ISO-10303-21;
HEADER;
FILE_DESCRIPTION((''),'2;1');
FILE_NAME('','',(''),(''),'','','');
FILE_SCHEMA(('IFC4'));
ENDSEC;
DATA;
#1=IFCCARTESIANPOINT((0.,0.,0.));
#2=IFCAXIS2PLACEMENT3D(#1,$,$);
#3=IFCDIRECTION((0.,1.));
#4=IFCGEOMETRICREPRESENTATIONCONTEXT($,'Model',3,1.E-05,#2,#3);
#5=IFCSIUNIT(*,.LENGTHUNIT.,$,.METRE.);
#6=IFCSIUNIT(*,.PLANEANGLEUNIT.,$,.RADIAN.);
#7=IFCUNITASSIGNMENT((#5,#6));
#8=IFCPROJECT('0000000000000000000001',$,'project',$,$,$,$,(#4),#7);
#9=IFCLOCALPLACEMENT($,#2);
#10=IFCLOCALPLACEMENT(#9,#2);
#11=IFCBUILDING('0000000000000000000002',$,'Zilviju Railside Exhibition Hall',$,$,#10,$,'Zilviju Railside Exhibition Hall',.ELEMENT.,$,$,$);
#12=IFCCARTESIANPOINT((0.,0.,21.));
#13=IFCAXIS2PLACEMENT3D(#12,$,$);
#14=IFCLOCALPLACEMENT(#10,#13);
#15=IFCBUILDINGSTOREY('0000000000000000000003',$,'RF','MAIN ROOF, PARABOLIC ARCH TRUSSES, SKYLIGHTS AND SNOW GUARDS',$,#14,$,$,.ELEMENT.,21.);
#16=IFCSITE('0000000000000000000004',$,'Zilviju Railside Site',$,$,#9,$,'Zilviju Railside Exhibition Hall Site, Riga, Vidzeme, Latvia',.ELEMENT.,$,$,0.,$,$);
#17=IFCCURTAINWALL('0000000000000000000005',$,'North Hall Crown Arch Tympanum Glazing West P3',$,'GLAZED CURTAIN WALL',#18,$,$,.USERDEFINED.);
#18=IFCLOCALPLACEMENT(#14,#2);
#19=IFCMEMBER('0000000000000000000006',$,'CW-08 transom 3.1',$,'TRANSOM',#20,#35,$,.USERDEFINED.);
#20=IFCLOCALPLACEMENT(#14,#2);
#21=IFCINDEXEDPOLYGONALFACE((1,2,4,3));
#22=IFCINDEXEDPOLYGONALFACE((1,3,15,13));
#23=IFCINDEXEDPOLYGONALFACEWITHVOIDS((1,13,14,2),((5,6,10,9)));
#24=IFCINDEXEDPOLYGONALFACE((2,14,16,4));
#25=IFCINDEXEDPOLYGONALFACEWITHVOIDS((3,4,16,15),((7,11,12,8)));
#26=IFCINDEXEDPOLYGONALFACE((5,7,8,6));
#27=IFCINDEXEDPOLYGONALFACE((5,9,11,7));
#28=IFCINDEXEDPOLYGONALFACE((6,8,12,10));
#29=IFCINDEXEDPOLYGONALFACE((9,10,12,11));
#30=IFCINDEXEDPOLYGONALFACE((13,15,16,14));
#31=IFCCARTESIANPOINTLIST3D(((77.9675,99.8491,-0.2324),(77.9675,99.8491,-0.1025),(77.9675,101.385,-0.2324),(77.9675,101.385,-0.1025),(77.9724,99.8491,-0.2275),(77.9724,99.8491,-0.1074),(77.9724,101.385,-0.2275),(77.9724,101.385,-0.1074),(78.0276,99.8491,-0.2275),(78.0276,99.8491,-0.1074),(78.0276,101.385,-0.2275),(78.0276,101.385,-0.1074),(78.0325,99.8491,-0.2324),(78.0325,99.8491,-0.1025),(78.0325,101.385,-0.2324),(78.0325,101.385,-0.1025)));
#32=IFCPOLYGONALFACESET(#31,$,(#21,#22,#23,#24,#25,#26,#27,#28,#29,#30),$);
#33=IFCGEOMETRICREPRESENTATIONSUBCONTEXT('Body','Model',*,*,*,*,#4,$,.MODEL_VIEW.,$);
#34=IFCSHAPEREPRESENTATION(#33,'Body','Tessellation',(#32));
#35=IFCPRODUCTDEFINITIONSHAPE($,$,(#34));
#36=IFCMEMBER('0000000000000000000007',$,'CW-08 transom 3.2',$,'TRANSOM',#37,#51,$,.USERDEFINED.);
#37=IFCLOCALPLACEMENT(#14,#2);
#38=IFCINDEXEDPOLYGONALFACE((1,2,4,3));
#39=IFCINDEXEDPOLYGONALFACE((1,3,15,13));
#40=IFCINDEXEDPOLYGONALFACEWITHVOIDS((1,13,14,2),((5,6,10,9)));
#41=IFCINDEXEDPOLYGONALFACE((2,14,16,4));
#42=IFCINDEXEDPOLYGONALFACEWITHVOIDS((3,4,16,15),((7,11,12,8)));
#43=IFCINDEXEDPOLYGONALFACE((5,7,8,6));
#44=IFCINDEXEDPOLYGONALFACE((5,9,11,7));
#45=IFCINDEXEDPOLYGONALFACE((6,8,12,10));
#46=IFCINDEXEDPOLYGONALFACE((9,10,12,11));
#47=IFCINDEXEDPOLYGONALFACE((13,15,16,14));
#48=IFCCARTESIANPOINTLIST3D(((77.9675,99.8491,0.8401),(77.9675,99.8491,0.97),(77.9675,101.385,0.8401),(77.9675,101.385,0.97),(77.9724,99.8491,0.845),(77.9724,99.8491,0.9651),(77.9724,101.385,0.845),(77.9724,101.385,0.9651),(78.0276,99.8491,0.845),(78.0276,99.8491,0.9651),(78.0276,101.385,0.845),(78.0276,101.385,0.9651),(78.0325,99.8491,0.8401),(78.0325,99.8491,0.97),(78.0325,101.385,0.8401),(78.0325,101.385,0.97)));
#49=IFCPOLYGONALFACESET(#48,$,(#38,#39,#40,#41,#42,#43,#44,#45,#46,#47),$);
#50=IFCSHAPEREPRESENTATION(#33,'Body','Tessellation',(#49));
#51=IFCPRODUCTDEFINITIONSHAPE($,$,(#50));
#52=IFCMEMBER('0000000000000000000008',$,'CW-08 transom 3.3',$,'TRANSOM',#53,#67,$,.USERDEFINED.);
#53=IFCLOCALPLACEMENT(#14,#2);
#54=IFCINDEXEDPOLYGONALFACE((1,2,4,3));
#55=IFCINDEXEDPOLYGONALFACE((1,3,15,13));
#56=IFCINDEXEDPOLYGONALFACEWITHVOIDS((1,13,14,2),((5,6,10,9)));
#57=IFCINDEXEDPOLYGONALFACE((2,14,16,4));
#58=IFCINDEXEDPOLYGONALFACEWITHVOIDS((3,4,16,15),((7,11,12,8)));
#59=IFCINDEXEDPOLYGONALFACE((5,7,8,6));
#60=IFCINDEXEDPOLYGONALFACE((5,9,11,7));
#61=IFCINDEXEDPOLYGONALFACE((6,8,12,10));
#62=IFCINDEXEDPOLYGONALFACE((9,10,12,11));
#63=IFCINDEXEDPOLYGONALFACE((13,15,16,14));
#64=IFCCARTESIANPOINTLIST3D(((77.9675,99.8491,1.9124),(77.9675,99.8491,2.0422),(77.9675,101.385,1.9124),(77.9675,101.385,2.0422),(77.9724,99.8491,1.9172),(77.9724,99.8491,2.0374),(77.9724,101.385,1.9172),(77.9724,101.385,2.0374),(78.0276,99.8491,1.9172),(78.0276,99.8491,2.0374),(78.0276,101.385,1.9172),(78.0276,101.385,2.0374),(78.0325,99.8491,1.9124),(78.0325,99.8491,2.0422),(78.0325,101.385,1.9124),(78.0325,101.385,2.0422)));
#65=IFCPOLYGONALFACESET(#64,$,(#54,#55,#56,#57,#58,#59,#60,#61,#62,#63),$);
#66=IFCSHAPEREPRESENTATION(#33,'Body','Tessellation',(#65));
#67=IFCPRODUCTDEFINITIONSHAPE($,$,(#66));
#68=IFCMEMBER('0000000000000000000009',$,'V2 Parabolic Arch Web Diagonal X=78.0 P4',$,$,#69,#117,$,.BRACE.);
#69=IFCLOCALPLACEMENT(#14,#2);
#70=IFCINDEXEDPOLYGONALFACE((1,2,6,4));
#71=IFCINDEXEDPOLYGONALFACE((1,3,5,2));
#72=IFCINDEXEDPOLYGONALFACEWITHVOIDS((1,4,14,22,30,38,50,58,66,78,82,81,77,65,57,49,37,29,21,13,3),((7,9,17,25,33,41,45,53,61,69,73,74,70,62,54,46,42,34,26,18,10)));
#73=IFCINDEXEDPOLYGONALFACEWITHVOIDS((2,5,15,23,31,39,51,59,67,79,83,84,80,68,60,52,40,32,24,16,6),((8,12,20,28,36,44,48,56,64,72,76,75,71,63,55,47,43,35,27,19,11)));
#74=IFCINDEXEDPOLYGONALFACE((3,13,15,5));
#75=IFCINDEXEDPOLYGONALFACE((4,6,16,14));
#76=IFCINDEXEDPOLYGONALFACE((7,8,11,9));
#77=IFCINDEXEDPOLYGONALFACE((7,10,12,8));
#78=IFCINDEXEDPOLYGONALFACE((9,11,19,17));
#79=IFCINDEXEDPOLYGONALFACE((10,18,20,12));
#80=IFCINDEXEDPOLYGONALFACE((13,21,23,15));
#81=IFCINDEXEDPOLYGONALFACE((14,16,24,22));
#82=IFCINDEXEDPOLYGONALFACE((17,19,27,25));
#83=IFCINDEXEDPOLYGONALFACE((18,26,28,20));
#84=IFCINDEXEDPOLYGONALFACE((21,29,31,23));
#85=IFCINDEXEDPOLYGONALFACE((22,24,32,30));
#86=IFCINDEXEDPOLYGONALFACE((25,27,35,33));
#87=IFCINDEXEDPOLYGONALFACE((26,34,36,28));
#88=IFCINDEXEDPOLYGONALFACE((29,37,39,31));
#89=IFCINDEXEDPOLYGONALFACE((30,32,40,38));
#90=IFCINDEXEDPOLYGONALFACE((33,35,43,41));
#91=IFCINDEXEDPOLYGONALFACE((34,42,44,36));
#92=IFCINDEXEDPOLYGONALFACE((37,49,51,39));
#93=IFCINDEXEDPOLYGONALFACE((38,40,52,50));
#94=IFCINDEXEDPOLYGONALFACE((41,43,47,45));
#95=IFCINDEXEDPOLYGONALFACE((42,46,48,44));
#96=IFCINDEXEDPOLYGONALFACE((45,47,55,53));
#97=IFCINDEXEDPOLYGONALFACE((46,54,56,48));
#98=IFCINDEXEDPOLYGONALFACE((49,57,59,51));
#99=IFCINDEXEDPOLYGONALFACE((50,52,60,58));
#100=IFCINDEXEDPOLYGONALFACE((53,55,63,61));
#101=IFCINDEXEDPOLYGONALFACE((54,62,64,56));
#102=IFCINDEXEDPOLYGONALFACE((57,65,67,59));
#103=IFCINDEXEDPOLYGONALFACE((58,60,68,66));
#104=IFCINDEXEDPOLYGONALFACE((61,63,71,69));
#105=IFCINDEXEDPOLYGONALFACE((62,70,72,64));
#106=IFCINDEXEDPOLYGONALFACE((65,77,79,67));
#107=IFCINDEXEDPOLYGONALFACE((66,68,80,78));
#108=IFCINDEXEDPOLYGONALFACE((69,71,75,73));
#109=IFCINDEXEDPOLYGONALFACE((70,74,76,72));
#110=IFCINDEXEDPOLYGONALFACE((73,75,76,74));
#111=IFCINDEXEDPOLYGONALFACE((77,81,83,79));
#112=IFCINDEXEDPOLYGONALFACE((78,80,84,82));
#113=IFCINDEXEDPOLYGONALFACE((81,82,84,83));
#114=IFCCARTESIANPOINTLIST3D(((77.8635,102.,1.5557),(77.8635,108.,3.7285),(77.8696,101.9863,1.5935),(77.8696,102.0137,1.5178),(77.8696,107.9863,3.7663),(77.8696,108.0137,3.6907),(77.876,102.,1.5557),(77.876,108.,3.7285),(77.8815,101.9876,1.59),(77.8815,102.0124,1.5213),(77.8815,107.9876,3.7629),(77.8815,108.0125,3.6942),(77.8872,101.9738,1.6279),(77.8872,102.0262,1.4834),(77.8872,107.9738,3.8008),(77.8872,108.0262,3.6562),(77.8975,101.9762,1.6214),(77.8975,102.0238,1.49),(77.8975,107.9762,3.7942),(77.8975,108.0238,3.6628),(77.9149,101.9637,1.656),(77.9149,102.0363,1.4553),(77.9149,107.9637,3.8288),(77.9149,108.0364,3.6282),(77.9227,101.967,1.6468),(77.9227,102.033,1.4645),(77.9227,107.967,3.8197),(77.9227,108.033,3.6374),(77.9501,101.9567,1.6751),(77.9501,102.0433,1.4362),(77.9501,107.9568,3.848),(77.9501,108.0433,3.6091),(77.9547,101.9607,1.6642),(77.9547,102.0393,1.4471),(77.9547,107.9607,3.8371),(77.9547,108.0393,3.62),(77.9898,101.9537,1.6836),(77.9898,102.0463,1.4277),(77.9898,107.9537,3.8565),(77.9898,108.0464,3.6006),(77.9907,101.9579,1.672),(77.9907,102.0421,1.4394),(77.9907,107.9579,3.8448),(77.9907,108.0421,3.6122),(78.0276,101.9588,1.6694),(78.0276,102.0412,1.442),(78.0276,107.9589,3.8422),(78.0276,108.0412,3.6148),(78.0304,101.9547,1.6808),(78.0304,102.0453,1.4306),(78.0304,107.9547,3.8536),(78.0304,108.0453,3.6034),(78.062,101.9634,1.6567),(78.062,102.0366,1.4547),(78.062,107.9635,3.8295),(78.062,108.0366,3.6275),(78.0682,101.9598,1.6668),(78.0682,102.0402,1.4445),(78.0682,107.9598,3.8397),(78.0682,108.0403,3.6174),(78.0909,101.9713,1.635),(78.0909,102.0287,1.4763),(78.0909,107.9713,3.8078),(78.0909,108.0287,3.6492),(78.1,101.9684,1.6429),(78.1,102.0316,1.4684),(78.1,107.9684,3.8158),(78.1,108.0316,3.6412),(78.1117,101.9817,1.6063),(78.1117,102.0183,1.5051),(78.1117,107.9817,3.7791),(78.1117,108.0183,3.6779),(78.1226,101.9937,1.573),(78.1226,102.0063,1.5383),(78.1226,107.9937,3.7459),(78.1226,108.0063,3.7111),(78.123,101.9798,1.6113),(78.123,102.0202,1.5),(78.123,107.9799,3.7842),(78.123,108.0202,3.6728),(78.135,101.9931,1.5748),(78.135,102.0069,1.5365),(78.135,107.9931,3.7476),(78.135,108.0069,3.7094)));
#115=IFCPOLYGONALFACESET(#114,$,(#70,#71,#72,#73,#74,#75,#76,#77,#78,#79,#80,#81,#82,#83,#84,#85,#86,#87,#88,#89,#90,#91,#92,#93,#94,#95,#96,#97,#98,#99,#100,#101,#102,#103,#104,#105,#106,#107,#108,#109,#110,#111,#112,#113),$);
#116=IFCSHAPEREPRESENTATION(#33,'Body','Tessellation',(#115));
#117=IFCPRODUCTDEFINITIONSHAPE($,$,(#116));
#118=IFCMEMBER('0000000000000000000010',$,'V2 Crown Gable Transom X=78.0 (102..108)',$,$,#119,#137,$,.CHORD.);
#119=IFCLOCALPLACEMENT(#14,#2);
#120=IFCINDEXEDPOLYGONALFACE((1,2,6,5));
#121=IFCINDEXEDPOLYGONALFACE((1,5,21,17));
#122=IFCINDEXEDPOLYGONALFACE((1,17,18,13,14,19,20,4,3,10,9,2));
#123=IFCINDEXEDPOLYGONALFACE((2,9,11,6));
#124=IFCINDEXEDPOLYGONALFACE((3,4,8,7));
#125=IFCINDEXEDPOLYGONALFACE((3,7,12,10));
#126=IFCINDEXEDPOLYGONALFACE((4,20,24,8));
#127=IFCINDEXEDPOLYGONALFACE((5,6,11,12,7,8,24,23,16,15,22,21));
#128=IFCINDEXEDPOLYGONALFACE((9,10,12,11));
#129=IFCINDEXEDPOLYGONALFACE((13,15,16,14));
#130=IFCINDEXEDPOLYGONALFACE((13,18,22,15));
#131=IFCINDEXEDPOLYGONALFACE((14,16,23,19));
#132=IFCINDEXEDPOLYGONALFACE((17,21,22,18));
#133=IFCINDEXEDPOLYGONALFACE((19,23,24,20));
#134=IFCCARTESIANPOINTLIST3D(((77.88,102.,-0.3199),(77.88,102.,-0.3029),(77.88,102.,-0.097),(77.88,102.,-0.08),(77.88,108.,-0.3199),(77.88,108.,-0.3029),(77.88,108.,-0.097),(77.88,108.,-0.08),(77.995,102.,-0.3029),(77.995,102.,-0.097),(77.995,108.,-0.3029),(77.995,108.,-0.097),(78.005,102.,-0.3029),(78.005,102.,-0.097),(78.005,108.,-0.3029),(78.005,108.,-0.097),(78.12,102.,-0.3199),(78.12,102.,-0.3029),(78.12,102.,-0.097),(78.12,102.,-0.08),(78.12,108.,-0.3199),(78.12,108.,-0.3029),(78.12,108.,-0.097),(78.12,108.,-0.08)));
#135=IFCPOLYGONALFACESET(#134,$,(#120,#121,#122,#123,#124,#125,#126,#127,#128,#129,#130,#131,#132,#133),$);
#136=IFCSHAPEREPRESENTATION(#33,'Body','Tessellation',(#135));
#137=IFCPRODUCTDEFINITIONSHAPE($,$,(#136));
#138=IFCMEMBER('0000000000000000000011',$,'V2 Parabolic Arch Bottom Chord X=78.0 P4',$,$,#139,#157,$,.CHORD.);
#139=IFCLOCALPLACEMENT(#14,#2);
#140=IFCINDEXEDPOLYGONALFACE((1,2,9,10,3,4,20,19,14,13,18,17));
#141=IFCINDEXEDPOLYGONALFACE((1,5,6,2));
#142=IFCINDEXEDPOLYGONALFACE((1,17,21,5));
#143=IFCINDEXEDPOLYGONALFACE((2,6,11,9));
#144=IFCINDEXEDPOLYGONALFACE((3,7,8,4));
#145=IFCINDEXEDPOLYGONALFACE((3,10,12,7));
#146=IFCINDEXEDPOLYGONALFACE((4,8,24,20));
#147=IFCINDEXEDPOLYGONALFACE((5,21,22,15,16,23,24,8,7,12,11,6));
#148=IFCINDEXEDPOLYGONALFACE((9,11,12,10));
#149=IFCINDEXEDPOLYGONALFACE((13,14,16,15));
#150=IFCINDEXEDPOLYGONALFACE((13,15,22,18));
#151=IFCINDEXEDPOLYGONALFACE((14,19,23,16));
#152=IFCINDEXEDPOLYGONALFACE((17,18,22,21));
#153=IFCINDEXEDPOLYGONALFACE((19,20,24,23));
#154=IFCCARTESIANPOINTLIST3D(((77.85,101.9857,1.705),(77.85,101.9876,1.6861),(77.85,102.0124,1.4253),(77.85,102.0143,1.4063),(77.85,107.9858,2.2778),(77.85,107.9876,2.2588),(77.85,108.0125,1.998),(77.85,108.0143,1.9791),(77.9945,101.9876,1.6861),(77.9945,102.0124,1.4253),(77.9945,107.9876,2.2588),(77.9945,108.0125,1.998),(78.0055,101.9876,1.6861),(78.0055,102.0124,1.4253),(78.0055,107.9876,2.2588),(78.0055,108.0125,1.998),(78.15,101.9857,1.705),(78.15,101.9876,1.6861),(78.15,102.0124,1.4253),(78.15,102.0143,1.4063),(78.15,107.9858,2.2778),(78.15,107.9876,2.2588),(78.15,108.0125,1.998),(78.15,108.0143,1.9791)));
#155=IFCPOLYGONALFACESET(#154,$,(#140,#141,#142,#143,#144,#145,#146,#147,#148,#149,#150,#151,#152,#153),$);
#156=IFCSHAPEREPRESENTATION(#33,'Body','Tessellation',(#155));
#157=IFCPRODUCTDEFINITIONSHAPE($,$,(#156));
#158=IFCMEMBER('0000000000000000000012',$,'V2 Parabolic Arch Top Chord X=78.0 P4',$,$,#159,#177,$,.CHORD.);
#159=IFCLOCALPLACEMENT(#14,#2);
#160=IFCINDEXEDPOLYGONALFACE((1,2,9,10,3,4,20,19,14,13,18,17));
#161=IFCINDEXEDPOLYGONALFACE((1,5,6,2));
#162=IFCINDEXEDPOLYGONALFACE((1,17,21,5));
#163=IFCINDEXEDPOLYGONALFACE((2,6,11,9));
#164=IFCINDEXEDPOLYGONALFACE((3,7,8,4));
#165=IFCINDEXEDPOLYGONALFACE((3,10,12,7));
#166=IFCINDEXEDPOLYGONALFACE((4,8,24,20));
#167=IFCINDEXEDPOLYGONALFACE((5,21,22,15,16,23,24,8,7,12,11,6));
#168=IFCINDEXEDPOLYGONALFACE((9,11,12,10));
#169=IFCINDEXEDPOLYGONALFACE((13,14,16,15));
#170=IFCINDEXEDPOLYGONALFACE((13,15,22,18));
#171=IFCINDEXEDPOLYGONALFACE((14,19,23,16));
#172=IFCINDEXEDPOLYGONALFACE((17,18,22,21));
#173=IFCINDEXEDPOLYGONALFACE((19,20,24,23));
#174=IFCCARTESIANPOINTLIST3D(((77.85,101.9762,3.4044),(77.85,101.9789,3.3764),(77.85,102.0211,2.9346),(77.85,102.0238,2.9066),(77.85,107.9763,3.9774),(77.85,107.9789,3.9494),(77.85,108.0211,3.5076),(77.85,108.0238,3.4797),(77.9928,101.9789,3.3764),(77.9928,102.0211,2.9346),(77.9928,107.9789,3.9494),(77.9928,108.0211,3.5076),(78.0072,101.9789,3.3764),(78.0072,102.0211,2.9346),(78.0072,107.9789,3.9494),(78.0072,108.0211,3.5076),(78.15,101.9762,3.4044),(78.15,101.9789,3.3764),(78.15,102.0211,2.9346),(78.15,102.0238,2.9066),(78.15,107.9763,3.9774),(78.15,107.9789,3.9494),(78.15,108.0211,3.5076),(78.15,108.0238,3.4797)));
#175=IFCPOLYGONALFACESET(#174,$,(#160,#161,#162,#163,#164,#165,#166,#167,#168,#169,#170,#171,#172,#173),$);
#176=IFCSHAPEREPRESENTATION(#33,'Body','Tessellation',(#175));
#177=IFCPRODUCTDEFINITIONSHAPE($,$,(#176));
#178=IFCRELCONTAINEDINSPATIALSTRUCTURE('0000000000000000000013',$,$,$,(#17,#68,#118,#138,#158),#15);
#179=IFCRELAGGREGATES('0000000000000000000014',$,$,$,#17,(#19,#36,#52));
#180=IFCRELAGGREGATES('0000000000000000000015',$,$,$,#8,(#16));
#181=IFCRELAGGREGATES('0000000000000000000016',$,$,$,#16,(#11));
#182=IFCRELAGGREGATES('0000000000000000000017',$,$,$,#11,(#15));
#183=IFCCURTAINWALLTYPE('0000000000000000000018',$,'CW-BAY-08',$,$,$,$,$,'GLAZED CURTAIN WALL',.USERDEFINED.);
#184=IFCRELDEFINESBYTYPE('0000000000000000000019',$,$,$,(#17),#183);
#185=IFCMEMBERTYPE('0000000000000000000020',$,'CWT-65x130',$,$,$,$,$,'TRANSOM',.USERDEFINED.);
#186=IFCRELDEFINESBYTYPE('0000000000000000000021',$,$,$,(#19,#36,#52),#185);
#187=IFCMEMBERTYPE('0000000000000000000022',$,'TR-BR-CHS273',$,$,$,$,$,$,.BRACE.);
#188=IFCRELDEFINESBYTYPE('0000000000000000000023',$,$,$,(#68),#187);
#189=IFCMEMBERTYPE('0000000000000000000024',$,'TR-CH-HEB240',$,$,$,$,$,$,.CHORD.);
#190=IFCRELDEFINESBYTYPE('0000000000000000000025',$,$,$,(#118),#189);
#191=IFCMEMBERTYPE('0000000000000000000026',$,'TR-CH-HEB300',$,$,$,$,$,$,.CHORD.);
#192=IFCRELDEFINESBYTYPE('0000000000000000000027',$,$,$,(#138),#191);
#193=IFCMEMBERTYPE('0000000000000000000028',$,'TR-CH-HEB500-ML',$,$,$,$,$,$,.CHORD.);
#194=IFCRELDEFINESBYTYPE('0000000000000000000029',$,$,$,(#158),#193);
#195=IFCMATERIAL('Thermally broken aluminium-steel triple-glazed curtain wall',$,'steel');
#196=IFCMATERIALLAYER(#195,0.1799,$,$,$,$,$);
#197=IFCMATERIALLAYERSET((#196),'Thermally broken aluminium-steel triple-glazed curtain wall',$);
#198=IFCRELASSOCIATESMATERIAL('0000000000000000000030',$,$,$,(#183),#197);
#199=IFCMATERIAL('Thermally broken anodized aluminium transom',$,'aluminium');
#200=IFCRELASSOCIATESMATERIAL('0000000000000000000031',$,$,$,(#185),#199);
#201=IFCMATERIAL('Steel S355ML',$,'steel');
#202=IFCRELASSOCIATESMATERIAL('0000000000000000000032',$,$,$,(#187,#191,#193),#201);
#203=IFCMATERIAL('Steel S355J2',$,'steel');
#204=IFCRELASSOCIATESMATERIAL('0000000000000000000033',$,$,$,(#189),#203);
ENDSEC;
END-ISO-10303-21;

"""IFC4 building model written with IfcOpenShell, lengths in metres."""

from ifc_helpers import new_model, si_unit, direction, frame, origin, origin_2d, place, context, subcontext, project, spatial, hollow_rectangle, hollow_circle, i_section, extrude, material, layer, layer_set, material_profile, profile_set, type_object, element, aggregate, save


model = new_model("IFC4")

# Units and contexts
model_context = context("Model", 3, precision=1e-05, world=origin(), true_north=direction((0.0, 1.0)))
body_context = subcontext(model_context, "Body", "Model", "MODEL_VIEW")
ifc_project = project(units=[si_unit("LENGTHUNIT", "METRE"), si_unit("PLANEANGLEUNIT", "RADIAN")], contexts=[model_context])

# Site, building, storey
site_placement = place(None, origin())
site = spatial("IfcSite", under=ifc_project, at=site_placement, Name="Zilviju Railside Site", LongName="Zilviju Railside Exhibition Hall Site, Riga, Vidzeme, Latvia", CompositionType="ELEMENT", RefElevation=0.0)
building_placement = place(site_placement, origin())
building = spatial("IfcBuilding", under=site, at=building_placement, Name="Zilviju Railside Exhibition Hall", LongName="Zilviju Railside Exhibition Hall", CompositionType="ELEMENT")
storey_placement = place(building_placement, frame((0.0, 0.0, 21.0)))
storey = spatial("IfcBuildingStorey", under=building, at=storey_placement, Name="RF", Description="MAIN ROOF, PARABOLIC ARCH TRUSSES, SKYLIGHTS AND SNOW GUARDS", CompositionType="ELEMENT", Elevation=21.0)

# Curtain wall, members
ifc_material_1 = material(Name="Thermally broken aluminium-steel triple-glazed curtain wall", Category="steel")
ifc_material_2 = material(Name="Thermally broken anodized aluminium transom", Category="aluminium")
ifc_layer_1 = layer(ifc_material_1, 0.1799)
ifc_layer_set_1 = layer_set([ifc_layer_1], Name="Thermally broken aluminium-steel triple-glazed curtain wall")
curtain_wall_type_1 = type_object("IfcCurtainWallType", Name="CW-BAY-08", ElementType="GLAZED CURTAIN WALL", PredefinedType="USERDEFINED", material=ifc_layer_set_1)
curtain_wall_1_placement = place(storey_placement, origin())
curtain_wall_1 = element("IfcCurtainWall", 1, at=curtain_wall_1_placement, inside=storey, type_object=curtain_wall_type_1, Name="North Hall Crown Arch Tympanum Glazing West P3", ObjectType="GLAZED CURTAIN WALL", PredefinedType="USERDEFINED")
ifc_material_profile_1 = material_profile(ifc_material_2, hollow_rectangle(XDim=0.0649, YDim=0.1299, WallThickness=0.0049, at=origin_2d()), Name="TRANSOM 130x65x5")
ifc_profile_set_1 = profile_set([ifc_material_profile_1], Name="Thermally broken anodized aluminium transom")
member_type_1 = type_object("IfcMemberType", Name="CWT-65x130", ElementType="TRANSOM", PredefinedType="USERDEFINED", material=ifc_profile_set_1)
member_1_placement = place(storey_placement, frame((78.0, 99.8491, -0.1675), z_axis=(0.0, 1.0, 0.0), x_axis=(-1.0, 0.0, 0.0)))
member_1 = element("IfcMember", 2, at=member_1_placement, type_object=member_type_1, Name="CW-08 transom 3.1", ObjectType="TRANSOM", PredefinedType="USERDEFINED", context=body_context, shape_type="SweptSolid", body=[
    extrude(hollow_rectangle(XDim=0.0649, YDim=0.1299, WallThickness=0.0049, at=origin_2d()), origin(), (0.0, 0.0, 1.0), 1.5359),
])
member_2_placement = place(storey_placement, frame((78.0, 99.8491, 0.905), z_axis=(0.0, 1.0, 0.0), x_axis=(-1.0, 0.0, 0.0)))
member_2 = element("IfcMember", 3, at=member_2_placement, type_object=member_type_1, Name="CW-08 transom 3.2", ObjectType="TRANSOM", PredefinedType="USERDEFINED", context=body_context, shape_type="SweptSolid", body=[
    extrude(hollow_rectangle(XDim=0.0649, YDim=0.1299, WallThickness=0.0049, at=origin_2d()), origin(), (0.0, 0.0, 1.0), 1.5359),
])
member_3_placement = place(storey_placement, frame((78.0, 99.8491, 1.9773), z_axis=(0.0, 1.0, 0.0), x_axis=(-1.0, 0.0, 0.0)))
member_3 = element("IfcMember", 4, at=member_3_placement, type_object=member_type_1, Name="CW-08 transom 3.3", ObjectType="TRANSOM", PredefinedType="USERDEFINED", context=body_context, shape_type="SweptSolid", body=[
    extrude(hollow_rectangle(XDim=0.0649, YDim=0.1299, WallThickness=0.0049, at=origin_2d()), origin(), (0.0, 0.0, 1.0), 1.5359),
])

# Members
ifc_material_3 = material(Name="Steel S355ML", Category="steel")
ifc_material_profile_2 = material_profile(ifc_material_3, hollow_circle(Radius=0.1365, WallThickness=0.0125, at=origin_2d()), Name="CHS 273.0x12.5")
ifc_profile_set_2 = profile_set([ifc_material_profile_2], Name="Steel S355ML")
member_type_2 = type_object("IfcMemberType", Name="TR-BR-CHS273", PredefinedType="BRACE", material=ifc_profile_set_2)
member_4_placement = place(storey_placement, frame((78.0, 102.0, 1.5557), z_axis=(0.0, 0.940244, 0.340502), x_axis=(-1.0, 0.0, 0.0)))
element("IfcMember", 5, at=member_4_placement, inside=storey, type_object=member_type_2, Name="V2 Parabolic Arch Web Diagonal X=78.0 P4", PredefinedType="BRACE", context=body_context, shape_type="SweptSolid", body=[
    extrude(hollow_circle(Radius=0.1365, WallThickness=0.0125, at=origin_2d()), origin(), (0.0, 0.0, 1.0), 6.3813),
])
ifc_material_4 = material(Name="Steel S355J2", Category="steel")
ifc_material_profile_3 = material_profile(ifc_material_4, i_section(OverallWidth=0.24, OverallDepth=0.24, WebThickness=0.01, FlangeThickness=0.0171, at=origin_2d()), Name="HEB 240")
ifc_profile_set_3 = profile_set([ifc_material_profile_3], Name="Steel S355J2")
member_type_3 = type_object("IfcMemberType", Name="TR-CH-HEB240", PredefinedType="CHORD", material=ifc_profile_set_3)
member_5_placement = place(storey_placement, frame((78.0, 102.0, -0.2), z_axis=(0.0, 1.0, 0.0), x_axis=(-1.0, 0.0, 0.0)))
element("IfcMember", 6, at=member_5_placement, inside=storey, type_object=member_type_3, Name="V2 Crown Gable Transom X=78.0 (102..108)", PredefinedType="CHORD", context=body_context, shape_type="SweptSolid", body=[
    extrude(i_section(OverallWidth=0.24, OverallDepth=0.24, WebThickness=0.01, FlangeThickness=0.0171, at=origin_2d()), origin(), (0.0, 0.0, 1.0), 6.0),
])
ifc_material_profile_4 = material_profile(ifc_material_3, i_section(OverallWidth=0.3, OverallDepth=0.3, WebThickness=0.011, FlangeThickness=0.019, at=origin_2d()), Name="HEB 300")
ifc_profile_set_4 = profile_set([ifc_material_profile_4], Name="Steel S355ML")
member_type_4 = type_object("IfcMemberType", Name="TR-CH-HEB300", PredefinedType="CHORD", material=ifc_profile_set_4)
member_6_placement = place(storey_placement, frame((78.0, 102.0, 1.5557), z_axis=(0.0, 0.995475, 0.095027), x_axis=(-1.0, 0.0, 0.0)))
element("IfcMember", 7, at=member_6_placement, inside=storey, type_object=member_type_4, Name="V2 Parabolic Arch Bottom Chord X=78.0 P4", PredefinedType="CHORD", context=body_context, shape_type="SweptSolid", body=[
    extrude(i_section(OverallWidth=0.3, OverallDepth=0.3, WebThickness=0.011, FlangeThickness=0.019, at=origin_2d()), origin(), (0.0, 0.0, 1.0), 6.0273),
])
ifc_material_profile_5 = material_profile(ifc_material_3, i_section(OverallWidth=0.3, OverallDepth=0.5, WebThickness=0.0144, FlangeThickness=0.0281, at=origin_2d()), Name="HEB 500")
ifc_profile_set_5 = profile_set([ifc_material_profile_5], Name="Steel S355ML")
member_type_5 = type_object("IfcMemberType", Name="TR-CH-HEB500-ML", PredefinedType="CHORD", material=ifc_profile_set_5)
member_7_placement = place(storey_placement, frame((78.0, 102.0, 3.1555), z_axis=(0.0, 0.995471, 0.095067), x_axis=(-1.0, 0.0, 0.0)))
element("IfcMember", 8, at=member_7_placement, inside=storey, type_object=member_type_5, Name="V2 Parabolic Arch Top Chord X=78.0 P4", PredefinedType="CHORD", context=body_context, shape_type="SweptSolid", body=[
    extrude(i_section(OverallWidth=0.3, OverallDepth=0.5, WebThickness=0.0144, FlangeThickness=0.0281, at=origin_2d()), origin(), (0.0, 0.0, 1.0), 6.0273),
])

aggregate(curtain_wall_1, [member_1, member_2, member_3])

save(model, "model.ifc")
